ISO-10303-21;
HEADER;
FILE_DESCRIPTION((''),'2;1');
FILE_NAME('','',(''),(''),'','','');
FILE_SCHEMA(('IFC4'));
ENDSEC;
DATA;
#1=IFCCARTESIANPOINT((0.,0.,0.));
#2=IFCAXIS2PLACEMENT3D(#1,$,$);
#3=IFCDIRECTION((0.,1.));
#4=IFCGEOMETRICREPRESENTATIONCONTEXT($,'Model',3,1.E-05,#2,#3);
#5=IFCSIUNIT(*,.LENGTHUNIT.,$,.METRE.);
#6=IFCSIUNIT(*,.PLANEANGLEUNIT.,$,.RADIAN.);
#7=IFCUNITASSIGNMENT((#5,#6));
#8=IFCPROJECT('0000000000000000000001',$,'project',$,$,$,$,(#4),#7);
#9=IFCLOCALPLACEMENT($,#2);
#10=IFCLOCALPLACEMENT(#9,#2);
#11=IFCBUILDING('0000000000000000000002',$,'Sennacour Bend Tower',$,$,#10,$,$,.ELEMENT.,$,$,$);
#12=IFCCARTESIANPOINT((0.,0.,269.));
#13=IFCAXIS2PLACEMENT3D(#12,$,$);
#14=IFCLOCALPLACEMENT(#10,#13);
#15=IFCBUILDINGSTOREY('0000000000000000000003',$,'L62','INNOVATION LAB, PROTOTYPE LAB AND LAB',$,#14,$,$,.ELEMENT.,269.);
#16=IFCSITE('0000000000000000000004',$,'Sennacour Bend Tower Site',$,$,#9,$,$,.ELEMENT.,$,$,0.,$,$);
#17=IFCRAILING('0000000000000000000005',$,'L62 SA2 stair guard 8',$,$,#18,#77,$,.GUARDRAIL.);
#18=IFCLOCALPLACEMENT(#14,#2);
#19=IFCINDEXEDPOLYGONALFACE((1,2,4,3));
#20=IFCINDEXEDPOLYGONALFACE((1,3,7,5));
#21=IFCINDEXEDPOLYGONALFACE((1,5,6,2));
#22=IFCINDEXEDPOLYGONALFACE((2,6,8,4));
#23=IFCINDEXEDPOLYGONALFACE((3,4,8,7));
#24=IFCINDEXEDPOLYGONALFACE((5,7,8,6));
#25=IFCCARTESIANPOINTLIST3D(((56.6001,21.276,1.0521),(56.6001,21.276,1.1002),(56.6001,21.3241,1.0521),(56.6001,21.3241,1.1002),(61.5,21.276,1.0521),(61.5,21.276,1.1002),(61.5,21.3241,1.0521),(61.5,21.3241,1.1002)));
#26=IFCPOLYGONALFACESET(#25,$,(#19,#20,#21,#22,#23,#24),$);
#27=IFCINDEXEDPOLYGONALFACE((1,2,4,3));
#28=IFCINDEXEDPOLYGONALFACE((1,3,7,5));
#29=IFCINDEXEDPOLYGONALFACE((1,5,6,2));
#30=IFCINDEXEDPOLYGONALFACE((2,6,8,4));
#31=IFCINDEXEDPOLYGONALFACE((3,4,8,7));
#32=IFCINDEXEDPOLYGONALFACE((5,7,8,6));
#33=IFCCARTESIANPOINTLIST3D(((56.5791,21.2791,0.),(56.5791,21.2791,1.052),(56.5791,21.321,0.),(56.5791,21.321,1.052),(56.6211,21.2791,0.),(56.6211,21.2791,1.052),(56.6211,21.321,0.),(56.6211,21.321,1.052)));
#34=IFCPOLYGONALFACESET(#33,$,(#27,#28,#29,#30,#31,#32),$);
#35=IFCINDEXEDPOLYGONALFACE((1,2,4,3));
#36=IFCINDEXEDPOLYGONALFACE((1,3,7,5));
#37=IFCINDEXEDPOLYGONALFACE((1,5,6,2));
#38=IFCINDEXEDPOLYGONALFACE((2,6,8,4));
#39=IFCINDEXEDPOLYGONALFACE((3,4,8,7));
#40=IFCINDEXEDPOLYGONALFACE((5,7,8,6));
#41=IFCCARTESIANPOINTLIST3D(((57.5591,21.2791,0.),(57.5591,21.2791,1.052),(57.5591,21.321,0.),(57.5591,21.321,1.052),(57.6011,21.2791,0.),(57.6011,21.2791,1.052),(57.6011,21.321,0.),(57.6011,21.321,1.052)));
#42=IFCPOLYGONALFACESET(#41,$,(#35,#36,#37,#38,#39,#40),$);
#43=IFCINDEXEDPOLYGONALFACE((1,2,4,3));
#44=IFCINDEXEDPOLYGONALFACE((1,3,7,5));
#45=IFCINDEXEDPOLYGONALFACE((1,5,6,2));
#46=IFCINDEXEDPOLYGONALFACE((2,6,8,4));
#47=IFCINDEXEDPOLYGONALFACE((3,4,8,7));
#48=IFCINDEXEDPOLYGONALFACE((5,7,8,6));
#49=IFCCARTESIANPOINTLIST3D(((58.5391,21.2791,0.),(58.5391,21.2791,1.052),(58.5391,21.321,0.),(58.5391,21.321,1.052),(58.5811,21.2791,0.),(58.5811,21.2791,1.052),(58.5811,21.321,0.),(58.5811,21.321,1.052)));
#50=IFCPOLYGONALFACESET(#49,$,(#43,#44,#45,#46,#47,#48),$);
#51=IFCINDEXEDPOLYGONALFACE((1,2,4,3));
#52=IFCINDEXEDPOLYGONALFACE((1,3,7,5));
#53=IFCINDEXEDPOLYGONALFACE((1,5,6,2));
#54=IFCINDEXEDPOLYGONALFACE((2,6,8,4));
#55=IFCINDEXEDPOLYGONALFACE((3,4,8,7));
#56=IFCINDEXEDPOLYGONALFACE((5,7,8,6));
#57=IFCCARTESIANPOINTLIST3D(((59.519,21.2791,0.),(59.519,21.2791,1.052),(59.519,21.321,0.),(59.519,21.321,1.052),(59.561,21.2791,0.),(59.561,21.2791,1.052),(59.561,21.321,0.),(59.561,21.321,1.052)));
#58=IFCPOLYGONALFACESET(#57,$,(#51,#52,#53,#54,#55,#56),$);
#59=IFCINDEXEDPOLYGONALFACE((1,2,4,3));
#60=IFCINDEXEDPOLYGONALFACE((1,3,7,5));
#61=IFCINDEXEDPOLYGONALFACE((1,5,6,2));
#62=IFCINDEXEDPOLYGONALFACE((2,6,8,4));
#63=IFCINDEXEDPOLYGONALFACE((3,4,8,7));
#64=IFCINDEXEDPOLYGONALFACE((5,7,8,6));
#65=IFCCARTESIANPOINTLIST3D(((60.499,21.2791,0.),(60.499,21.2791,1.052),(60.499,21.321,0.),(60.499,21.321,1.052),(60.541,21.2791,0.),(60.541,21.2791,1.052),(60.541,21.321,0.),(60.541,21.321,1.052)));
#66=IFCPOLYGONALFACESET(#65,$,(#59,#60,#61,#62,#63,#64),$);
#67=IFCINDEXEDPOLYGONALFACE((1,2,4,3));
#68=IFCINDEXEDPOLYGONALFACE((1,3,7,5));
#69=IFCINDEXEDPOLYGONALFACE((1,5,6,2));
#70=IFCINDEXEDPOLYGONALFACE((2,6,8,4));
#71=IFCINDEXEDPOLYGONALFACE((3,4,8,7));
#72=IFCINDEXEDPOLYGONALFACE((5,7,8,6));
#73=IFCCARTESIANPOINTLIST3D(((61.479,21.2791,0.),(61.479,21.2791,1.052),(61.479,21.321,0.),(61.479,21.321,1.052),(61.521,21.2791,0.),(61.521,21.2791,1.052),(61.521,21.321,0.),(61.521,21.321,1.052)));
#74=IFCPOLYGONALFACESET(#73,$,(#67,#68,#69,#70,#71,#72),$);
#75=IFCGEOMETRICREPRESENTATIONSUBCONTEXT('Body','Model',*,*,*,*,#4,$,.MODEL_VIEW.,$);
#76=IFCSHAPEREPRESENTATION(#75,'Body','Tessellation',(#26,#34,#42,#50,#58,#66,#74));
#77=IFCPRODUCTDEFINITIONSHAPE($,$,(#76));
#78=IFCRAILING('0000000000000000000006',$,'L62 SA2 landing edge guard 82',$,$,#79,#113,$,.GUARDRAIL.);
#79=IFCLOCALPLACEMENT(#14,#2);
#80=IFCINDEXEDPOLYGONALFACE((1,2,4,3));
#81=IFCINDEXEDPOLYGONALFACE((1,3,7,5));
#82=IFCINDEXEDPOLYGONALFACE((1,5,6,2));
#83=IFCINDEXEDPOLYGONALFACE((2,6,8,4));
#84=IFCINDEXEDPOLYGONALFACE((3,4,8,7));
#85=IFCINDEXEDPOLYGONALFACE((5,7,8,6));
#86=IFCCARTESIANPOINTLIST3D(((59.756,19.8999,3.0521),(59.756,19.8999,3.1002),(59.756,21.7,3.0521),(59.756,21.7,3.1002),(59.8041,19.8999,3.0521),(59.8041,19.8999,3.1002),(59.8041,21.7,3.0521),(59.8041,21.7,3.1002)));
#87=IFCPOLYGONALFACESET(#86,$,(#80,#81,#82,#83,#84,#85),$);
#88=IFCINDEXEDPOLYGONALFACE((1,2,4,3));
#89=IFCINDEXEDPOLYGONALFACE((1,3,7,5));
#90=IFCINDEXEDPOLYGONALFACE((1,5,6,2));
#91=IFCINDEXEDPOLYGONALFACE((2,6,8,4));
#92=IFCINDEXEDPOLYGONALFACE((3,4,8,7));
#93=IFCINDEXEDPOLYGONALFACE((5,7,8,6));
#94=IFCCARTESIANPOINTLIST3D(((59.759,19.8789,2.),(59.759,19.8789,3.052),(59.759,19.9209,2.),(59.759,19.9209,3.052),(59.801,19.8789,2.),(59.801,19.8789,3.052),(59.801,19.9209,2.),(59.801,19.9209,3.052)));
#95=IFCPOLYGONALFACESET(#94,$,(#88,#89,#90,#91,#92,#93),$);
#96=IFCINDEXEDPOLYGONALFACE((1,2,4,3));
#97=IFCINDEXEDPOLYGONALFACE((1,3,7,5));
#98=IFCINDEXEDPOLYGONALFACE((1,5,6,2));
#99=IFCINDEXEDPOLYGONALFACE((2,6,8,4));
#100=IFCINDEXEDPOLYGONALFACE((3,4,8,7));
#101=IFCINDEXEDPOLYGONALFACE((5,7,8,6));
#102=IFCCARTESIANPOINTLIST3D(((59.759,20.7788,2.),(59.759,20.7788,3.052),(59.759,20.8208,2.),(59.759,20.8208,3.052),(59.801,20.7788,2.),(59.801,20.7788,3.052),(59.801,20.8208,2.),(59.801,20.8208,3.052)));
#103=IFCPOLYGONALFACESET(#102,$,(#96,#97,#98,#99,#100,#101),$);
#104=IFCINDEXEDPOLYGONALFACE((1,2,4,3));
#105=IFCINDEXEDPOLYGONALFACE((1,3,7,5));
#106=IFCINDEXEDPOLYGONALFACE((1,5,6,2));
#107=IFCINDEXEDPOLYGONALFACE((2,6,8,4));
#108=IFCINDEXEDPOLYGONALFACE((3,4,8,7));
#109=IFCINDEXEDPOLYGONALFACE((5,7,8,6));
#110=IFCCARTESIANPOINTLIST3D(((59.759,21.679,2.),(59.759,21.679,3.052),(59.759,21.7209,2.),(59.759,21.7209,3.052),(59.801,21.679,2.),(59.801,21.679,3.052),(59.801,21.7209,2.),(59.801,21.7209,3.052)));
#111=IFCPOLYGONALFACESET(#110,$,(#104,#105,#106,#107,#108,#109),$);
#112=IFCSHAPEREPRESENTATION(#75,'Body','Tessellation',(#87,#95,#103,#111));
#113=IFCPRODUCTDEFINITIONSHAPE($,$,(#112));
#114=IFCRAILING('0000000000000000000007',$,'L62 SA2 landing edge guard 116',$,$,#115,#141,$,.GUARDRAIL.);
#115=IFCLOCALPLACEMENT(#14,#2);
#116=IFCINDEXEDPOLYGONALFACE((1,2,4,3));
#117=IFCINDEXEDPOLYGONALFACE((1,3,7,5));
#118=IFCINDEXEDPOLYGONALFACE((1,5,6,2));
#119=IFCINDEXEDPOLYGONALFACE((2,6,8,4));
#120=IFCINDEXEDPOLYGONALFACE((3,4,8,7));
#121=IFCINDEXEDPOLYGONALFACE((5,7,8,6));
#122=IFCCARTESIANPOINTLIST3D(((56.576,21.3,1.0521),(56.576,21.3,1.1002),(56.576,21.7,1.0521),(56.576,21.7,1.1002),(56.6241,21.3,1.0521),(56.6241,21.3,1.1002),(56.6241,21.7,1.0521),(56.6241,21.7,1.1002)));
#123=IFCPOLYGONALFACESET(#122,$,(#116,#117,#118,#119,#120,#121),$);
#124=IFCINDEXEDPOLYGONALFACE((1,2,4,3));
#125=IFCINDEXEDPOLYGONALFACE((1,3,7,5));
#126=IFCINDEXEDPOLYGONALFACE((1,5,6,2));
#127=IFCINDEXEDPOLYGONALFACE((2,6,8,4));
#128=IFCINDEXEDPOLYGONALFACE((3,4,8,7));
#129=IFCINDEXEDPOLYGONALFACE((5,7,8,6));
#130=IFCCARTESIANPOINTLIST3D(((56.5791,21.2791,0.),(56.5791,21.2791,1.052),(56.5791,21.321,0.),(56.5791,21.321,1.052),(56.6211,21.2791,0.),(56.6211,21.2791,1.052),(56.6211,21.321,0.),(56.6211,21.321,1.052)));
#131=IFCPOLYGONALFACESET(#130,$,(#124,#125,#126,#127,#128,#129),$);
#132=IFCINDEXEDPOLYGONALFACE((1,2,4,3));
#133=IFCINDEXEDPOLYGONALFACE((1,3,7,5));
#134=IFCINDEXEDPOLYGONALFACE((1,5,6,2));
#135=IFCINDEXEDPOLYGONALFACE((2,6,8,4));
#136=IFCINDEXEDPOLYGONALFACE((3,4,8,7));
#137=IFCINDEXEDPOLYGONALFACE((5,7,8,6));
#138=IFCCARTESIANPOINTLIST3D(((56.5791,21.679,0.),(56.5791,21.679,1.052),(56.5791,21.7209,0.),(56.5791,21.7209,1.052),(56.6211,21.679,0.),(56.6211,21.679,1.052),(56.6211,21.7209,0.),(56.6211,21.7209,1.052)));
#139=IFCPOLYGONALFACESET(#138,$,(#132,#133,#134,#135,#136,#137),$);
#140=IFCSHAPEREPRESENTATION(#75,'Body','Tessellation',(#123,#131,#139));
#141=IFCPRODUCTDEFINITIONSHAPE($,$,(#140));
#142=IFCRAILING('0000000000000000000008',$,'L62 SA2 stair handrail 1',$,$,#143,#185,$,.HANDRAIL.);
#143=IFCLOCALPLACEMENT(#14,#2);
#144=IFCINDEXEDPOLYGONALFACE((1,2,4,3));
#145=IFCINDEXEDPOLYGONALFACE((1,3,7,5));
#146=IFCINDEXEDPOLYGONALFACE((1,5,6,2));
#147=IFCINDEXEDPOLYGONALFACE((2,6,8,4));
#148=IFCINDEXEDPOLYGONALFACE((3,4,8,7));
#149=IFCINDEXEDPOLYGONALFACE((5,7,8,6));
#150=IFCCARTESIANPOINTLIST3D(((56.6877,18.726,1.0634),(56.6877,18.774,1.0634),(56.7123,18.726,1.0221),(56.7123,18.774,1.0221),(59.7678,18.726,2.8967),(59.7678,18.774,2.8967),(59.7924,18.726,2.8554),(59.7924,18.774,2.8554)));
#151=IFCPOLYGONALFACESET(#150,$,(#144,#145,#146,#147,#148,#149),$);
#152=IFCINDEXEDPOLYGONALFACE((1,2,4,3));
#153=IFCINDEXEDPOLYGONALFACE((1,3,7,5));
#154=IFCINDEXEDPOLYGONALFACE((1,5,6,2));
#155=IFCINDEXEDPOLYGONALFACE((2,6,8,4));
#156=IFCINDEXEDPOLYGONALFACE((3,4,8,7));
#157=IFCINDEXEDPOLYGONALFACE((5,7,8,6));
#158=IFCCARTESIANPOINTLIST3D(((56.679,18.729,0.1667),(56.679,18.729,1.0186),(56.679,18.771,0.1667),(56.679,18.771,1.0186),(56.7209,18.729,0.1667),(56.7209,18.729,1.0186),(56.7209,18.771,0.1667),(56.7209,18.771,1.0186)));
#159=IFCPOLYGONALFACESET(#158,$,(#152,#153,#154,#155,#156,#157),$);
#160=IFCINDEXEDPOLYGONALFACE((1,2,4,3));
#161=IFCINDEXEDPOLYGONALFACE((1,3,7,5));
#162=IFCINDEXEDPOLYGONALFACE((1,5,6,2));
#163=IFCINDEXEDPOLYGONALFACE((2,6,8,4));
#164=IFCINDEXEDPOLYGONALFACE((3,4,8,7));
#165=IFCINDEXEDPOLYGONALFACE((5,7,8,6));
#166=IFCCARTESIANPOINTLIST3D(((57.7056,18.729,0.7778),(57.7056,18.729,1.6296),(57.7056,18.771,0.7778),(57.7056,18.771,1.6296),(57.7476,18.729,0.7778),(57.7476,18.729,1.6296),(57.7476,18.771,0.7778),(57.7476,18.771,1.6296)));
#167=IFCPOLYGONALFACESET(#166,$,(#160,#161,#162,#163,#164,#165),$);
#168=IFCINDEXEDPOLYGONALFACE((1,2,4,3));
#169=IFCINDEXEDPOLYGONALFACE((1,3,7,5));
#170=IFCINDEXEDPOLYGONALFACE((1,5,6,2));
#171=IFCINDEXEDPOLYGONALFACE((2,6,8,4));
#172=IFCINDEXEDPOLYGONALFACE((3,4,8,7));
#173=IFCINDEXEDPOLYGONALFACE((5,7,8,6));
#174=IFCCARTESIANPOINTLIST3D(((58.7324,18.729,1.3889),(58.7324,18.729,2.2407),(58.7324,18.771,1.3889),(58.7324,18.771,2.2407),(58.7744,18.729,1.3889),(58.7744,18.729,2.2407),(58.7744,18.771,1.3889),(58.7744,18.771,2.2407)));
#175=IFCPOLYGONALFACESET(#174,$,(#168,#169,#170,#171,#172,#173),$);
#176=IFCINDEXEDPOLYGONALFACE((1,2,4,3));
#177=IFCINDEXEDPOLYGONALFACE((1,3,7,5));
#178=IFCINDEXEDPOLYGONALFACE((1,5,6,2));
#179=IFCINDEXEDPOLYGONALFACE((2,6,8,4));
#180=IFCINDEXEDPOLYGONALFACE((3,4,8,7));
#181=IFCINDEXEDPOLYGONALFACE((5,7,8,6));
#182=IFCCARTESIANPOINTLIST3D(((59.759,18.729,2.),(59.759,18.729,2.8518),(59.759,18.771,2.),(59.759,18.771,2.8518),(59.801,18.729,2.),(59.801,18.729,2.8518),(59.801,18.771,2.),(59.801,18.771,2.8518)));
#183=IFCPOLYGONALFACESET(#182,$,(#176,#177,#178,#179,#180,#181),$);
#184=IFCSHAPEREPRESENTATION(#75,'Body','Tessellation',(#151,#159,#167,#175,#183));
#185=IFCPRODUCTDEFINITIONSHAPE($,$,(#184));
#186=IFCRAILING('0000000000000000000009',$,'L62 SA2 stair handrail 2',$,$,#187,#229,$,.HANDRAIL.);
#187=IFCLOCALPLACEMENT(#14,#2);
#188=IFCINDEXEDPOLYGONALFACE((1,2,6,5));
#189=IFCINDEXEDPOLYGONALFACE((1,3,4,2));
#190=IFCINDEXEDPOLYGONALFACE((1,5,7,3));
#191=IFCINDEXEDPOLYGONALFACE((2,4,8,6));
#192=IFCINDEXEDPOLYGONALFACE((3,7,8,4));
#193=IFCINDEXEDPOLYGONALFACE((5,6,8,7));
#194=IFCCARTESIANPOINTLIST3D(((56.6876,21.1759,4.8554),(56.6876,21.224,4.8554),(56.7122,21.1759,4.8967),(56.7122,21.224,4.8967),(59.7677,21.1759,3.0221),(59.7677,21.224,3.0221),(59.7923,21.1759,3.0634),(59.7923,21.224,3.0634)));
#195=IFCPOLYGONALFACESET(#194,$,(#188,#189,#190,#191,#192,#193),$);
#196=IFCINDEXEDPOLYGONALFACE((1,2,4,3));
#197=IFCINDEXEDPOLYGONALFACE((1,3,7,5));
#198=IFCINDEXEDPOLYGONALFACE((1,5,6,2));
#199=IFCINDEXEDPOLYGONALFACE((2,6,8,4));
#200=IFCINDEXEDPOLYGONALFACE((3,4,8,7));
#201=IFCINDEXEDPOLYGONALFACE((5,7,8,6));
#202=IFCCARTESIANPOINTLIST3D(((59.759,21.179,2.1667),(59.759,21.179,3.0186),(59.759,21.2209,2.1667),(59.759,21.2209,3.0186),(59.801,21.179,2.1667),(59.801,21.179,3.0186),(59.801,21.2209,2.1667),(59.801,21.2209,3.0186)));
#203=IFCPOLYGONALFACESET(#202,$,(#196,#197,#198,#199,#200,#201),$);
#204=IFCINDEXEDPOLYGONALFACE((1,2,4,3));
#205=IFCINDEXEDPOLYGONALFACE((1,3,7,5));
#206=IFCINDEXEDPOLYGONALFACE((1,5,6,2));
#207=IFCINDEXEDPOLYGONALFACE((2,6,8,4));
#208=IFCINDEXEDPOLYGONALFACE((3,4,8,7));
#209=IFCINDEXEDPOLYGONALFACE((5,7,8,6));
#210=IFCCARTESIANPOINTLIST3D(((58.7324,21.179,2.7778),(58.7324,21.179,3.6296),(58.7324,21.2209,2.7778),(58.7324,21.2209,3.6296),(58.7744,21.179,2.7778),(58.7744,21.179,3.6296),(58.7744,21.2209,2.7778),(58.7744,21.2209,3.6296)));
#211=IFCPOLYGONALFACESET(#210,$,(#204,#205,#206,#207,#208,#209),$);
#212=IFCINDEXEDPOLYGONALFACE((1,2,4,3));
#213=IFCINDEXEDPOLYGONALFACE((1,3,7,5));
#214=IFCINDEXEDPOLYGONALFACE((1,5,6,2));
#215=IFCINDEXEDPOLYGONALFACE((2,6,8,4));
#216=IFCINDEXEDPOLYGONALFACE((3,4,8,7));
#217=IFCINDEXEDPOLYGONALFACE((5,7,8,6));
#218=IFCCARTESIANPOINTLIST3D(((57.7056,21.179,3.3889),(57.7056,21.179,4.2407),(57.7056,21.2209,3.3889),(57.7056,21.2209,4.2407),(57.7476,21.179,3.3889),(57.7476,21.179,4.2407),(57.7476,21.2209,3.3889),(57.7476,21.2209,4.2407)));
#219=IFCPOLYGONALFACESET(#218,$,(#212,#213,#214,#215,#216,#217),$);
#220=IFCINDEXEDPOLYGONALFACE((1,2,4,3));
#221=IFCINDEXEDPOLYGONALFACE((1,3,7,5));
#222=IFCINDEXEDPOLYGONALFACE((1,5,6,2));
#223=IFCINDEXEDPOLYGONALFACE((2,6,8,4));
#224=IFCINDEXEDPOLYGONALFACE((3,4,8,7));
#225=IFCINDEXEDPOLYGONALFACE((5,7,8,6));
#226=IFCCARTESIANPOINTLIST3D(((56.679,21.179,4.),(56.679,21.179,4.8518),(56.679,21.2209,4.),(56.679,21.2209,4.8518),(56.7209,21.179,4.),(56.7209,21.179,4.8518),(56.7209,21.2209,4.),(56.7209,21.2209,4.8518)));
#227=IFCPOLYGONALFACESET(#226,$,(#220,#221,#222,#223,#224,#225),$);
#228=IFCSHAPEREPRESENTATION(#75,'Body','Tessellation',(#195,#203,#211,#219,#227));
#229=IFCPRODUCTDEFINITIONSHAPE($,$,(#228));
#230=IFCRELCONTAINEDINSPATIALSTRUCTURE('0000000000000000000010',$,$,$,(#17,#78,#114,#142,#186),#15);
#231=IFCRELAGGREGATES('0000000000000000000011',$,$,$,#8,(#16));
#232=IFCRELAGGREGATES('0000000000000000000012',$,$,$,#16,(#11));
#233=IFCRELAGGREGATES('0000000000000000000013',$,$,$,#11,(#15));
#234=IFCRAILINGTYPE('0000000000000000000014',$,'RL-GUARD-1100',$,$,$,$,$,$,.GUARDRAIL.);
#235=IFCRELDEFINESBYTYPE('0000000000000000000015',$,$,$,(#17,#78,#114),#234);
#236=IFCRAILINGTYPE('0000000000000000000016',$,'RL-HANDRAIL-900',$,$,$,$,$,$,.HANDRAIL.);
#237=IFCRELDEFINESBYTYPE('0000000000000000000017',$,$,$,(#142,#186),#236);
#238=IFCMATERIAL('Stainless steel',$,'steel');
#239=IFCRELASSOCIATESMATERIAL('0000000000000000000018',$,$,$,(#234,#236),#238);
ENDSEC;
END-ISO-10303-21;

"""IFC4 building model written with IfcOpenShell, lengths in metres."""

from ifc_helpers import new_model, si_unit, direction, frame, origin, origin_2d, place, context, subcontext, project, spatial, rectangle, extrude, material, type_object, element, save


model = new_model("IFC4")

# Units and contexts
model_context = context("Model", 3, precision=1e-05, world=origin(), true_north=direction((0.0, 1.0)))
body_context = subcontext(model_context, "Body", "Model", "MODEL_VIEW")
ifc_project = project(units=[si_unit("LENGTHUNIT", "METRE"), si_unit("PLANEANGLEUNIT", "RADIAN")], contexts=[model_context])

# Site, building, storey
site_placement = place(None, origin())
site = spatial("IfcSite", under=ifc_project, at=site_placement, Name="Sennacour Bend Tower Site", CompositionType="ELEMENT", RefElevation=0.0)
building_placement = place(site_placement, origin())
building = spatial("IfcBuilding", under=site, at=building_placement, Name="Sennacour Bend Tower", CompositionType="ELEMENT")
storey_placement = place(building_placement, frame((0.0, 0.0, 269.0)))
storey = spatial("IfcBuildingStorey", under=building, at=storey_placement, Name="L62", Description="INNOVATION LAB, PROTOTYPE LAB AND LAB", CompositionType="ELEMENT", Elevation=269.0)

# Railings
ifc_material_1 = material(Name="Stainless steel", Category="steel")
railing_type_1 = type_object("IfcRailingType", Name="RL-GUARD-1100", PredefinedType="GUARDRAIL", material=ifc_material_1)
railing_1_placement = place(storey_placement, frame((56.6001, 21.3, 0.0)))
element("IfcRailing", 1, at=railing_1_placement, inside=storey, type_object=railing_type_1, Name="L62 SA2 stair guard 8", PredefinedType="GUARDRAIL", context=body_context, shape_type="SweptSolid", body=[
    extrude(rectangle(XDim=0.0481, YDim=0.0481, at=origin_2d()), frame((0.0, 0.0, 1.0762), z_axis=(1.0, 0.0, 0.0), x_axis=(0.0, 1.0, 0.0)), (0.0, 0.0, 1.0), 4.8999),
    extrude(rectangle(XDim=0.042, YDim=0.042, at=origin_2d()), origin(), (0.0, 0.0, 1.0), 1.052),
    extrude(rectangle(XDim=0.042, YDim=0.042, at=origin_2d()), frame((0.98, 0.0, 0.0)), (0.0, 0.0, 1.0), 1.052),
    extrude(rectangle(XDim=0.042, YDim=0.042, at=origin_2d()), frame((1.96, 0.0, 0.0)), (0.0, 0.0, 1.0), 1.052),
    extrude(rectangle(XDim=0.042, YDim=0.042, at=origin_2d()), frame((2.9399, 0.0, 0.0)), (0.0, 0.0, 1.0), 1.052),
    extrude(rectangle(XDim=0.042, YDim=0.042, at=origin_2d()), frame((3.9199, 0.0, 0.0)), (0.0, 0.0, 1.0), 1.052),
    extrude(rectangle(XDim=0.042, YDim=0.042, at=origin_2d()), frame((4.8999, 0.0, 0.0)), (0.0, 0.0, 1.0), 1.052),
])
railing_2_placement = place(storey_placement, frame((59.78, 19.8999, 2.0)))
element("IfcRailing", 2, at=railing_2_placement, inside=storey, type_object=railing_type_1, Name="L62 SA2 landing edge guard 82", PredefinedType="GUARDRAIL", context=body_context, shape_type="SweptSolid", body=[
    extrude(rectangle(XDim=0.0481, YDim=0.0481, at=origin_2d()), frame((0.0, 0.0, 1.0762), z_axis=(0.0, 1.0, 0.0), x_axis=(-1.0, 0.0, 0.0)), (0.0, 0.0, 1.0), 1.8),
    extrude(rectangle(XDim=0.042, YDim=0.042, at=origin_2d()), origin(), (0.0, 0.0, 1.0), 1.052),
    extrude(rectangle(XDim=0.042, YDim=0.042, at=origin_2d()), frame((0.0, 0.8999, 0.0)), (0.0, 0.0, 1.0), 1.052),
    extrude(rectangle(XDim=0.042, YDim=0.042, at=origin_2d()), frame((0.0, 1.8, 0.0)), (0.0, 0.0, 1.0), 1.052),
])
railing_3_placement = place(storey_placement, frame((56.6001, 21.3, 0.0)))
element("IfcRailing", 3, at=railing_3_placement, inside=storey, type_object=railing_type_1, Name="L62 SA2 landing edge guard 116", PredefinedType="GUARDRAIL", context=body_context, shape_type="SweptSolid", body=[
    extrude(rectangle(XDim=0.0481, YDim=0.0481, at=origin_2d()), frame((0.0, 0.0, 1.0762), z_axis=(0.0, 1.0, 0.0), x_axis=(-1.0, 0.0, 0.0)), (0.0, 0.0, 1.0), 0.3999),
    extrude(rectangle(XDim=0.042, YDim=0.042, at=origin_2d()), origin(), (0.0, 0.0, 1.0), 1.052),
    extrude(rectangle(XDim=0.042, YDim=0.042, at=origin_2d()), frame((0.0, 0.3999, 0.0)), (0.0, 0.0, 1.0), 1.052),
])
railing_type_2 = type_object("IfcRailingType", Name="RL-HANDRAIL-900", PredefinedType="HANDRAIL", material=ifc_material_1)
railing_4_placement = place(storey_placement, frame((56.7, 18.75, 0.1667)))
element("IfcRailing", 4, at=railing_4_placement, inside=storey, type_object=railing_type_2, Name="L62 SA2 stair handrail 1", PredefinedType="HANDRAIL", context=body_context, shape_type="SweptSolid", body=[
    extrude(rectangle(XDim=0.0481, YDim=0.0481, at=origin_2d()), frame((0.0, 0.0, 0.876), z_axis=(0.859309, 0.0, 0.511458), x_axis=(0.0, 1.0, 0.0)), (0.0, 0.0, 1.0), 3.5845),
    extrude(rectangle(XDim=0.042, YDim=0.042, at=origin_2d()), origin(), (0.0, 0.0, 1.0), 0.8518),
    extrude(rectangle(XDim=0.042, YDim=0.042, at=origin_2d()), frame((1.0266, 0.0, 0.6111)), (0.0, 0.0, 1.0), 0.8518),
    extrude(rectangle(XDim=0.042, YDim=0.042, at=origin_2d()), frame((2.0535, 0.0, 1.2222)), (0.0, 0.0, 1.0), 0.8518),
    extrude(rectangle(XDim=0.042, YDim=0.042, at=origin_2d()), frame((3.0801, 0.0, 1.8333)), (0.0, 0.0, 1.0), 0.8518),
])
railing_5_placement = place(storey_placement, frame((59.78, 21.2, 2.1667)))
element("IfcRailing", 5, at=railing_5_placement, inside=storey, type_object=railing_type_2, Name="L62 SA2 stair handrail 2", PredefinedType="HANDRAIL", context=body_context, shape_type="SweptSolid", body=[
    extrude(rectangle(XDim=0.0481, YDim=0.0481, at=origin_2d()), frame((0.0, 0.0, 0.876), z_axis=(-0.859309, 0.0, 0.511458), x_axis=(0.0, -1.0, 0.0)), (0.0, 0.0, 1.0), 3.5845),
    extrude(rectangle(XDim=0.042, YDim=0.042, at=origin_2d()), origin(), (0.0, 0.0, 1.0), 0.8518),
    extrude(rectangle(XDim=0.042, YDim=0.042, at=origin_2d()), frame((-1.0266, 0.0, 0.6111)), (0.0, 0.0, 1.0), 0.8518),
    extrude(rectangle(XDim=0.042, YDim=0.042, at=origin_2d()), frame((-2.0535, 0.0, 1.2222)), (0.0, 0.0, 1.0), 0.8518),
    extrude(rectangle(XDim=0.042, YDim=0.042, at=origin_2d()), frame((-3.0801, 0.0, 1.8333)), (0.0, 0.0, 1.0), 0.8518),
])

save(model, "model.ifc")
